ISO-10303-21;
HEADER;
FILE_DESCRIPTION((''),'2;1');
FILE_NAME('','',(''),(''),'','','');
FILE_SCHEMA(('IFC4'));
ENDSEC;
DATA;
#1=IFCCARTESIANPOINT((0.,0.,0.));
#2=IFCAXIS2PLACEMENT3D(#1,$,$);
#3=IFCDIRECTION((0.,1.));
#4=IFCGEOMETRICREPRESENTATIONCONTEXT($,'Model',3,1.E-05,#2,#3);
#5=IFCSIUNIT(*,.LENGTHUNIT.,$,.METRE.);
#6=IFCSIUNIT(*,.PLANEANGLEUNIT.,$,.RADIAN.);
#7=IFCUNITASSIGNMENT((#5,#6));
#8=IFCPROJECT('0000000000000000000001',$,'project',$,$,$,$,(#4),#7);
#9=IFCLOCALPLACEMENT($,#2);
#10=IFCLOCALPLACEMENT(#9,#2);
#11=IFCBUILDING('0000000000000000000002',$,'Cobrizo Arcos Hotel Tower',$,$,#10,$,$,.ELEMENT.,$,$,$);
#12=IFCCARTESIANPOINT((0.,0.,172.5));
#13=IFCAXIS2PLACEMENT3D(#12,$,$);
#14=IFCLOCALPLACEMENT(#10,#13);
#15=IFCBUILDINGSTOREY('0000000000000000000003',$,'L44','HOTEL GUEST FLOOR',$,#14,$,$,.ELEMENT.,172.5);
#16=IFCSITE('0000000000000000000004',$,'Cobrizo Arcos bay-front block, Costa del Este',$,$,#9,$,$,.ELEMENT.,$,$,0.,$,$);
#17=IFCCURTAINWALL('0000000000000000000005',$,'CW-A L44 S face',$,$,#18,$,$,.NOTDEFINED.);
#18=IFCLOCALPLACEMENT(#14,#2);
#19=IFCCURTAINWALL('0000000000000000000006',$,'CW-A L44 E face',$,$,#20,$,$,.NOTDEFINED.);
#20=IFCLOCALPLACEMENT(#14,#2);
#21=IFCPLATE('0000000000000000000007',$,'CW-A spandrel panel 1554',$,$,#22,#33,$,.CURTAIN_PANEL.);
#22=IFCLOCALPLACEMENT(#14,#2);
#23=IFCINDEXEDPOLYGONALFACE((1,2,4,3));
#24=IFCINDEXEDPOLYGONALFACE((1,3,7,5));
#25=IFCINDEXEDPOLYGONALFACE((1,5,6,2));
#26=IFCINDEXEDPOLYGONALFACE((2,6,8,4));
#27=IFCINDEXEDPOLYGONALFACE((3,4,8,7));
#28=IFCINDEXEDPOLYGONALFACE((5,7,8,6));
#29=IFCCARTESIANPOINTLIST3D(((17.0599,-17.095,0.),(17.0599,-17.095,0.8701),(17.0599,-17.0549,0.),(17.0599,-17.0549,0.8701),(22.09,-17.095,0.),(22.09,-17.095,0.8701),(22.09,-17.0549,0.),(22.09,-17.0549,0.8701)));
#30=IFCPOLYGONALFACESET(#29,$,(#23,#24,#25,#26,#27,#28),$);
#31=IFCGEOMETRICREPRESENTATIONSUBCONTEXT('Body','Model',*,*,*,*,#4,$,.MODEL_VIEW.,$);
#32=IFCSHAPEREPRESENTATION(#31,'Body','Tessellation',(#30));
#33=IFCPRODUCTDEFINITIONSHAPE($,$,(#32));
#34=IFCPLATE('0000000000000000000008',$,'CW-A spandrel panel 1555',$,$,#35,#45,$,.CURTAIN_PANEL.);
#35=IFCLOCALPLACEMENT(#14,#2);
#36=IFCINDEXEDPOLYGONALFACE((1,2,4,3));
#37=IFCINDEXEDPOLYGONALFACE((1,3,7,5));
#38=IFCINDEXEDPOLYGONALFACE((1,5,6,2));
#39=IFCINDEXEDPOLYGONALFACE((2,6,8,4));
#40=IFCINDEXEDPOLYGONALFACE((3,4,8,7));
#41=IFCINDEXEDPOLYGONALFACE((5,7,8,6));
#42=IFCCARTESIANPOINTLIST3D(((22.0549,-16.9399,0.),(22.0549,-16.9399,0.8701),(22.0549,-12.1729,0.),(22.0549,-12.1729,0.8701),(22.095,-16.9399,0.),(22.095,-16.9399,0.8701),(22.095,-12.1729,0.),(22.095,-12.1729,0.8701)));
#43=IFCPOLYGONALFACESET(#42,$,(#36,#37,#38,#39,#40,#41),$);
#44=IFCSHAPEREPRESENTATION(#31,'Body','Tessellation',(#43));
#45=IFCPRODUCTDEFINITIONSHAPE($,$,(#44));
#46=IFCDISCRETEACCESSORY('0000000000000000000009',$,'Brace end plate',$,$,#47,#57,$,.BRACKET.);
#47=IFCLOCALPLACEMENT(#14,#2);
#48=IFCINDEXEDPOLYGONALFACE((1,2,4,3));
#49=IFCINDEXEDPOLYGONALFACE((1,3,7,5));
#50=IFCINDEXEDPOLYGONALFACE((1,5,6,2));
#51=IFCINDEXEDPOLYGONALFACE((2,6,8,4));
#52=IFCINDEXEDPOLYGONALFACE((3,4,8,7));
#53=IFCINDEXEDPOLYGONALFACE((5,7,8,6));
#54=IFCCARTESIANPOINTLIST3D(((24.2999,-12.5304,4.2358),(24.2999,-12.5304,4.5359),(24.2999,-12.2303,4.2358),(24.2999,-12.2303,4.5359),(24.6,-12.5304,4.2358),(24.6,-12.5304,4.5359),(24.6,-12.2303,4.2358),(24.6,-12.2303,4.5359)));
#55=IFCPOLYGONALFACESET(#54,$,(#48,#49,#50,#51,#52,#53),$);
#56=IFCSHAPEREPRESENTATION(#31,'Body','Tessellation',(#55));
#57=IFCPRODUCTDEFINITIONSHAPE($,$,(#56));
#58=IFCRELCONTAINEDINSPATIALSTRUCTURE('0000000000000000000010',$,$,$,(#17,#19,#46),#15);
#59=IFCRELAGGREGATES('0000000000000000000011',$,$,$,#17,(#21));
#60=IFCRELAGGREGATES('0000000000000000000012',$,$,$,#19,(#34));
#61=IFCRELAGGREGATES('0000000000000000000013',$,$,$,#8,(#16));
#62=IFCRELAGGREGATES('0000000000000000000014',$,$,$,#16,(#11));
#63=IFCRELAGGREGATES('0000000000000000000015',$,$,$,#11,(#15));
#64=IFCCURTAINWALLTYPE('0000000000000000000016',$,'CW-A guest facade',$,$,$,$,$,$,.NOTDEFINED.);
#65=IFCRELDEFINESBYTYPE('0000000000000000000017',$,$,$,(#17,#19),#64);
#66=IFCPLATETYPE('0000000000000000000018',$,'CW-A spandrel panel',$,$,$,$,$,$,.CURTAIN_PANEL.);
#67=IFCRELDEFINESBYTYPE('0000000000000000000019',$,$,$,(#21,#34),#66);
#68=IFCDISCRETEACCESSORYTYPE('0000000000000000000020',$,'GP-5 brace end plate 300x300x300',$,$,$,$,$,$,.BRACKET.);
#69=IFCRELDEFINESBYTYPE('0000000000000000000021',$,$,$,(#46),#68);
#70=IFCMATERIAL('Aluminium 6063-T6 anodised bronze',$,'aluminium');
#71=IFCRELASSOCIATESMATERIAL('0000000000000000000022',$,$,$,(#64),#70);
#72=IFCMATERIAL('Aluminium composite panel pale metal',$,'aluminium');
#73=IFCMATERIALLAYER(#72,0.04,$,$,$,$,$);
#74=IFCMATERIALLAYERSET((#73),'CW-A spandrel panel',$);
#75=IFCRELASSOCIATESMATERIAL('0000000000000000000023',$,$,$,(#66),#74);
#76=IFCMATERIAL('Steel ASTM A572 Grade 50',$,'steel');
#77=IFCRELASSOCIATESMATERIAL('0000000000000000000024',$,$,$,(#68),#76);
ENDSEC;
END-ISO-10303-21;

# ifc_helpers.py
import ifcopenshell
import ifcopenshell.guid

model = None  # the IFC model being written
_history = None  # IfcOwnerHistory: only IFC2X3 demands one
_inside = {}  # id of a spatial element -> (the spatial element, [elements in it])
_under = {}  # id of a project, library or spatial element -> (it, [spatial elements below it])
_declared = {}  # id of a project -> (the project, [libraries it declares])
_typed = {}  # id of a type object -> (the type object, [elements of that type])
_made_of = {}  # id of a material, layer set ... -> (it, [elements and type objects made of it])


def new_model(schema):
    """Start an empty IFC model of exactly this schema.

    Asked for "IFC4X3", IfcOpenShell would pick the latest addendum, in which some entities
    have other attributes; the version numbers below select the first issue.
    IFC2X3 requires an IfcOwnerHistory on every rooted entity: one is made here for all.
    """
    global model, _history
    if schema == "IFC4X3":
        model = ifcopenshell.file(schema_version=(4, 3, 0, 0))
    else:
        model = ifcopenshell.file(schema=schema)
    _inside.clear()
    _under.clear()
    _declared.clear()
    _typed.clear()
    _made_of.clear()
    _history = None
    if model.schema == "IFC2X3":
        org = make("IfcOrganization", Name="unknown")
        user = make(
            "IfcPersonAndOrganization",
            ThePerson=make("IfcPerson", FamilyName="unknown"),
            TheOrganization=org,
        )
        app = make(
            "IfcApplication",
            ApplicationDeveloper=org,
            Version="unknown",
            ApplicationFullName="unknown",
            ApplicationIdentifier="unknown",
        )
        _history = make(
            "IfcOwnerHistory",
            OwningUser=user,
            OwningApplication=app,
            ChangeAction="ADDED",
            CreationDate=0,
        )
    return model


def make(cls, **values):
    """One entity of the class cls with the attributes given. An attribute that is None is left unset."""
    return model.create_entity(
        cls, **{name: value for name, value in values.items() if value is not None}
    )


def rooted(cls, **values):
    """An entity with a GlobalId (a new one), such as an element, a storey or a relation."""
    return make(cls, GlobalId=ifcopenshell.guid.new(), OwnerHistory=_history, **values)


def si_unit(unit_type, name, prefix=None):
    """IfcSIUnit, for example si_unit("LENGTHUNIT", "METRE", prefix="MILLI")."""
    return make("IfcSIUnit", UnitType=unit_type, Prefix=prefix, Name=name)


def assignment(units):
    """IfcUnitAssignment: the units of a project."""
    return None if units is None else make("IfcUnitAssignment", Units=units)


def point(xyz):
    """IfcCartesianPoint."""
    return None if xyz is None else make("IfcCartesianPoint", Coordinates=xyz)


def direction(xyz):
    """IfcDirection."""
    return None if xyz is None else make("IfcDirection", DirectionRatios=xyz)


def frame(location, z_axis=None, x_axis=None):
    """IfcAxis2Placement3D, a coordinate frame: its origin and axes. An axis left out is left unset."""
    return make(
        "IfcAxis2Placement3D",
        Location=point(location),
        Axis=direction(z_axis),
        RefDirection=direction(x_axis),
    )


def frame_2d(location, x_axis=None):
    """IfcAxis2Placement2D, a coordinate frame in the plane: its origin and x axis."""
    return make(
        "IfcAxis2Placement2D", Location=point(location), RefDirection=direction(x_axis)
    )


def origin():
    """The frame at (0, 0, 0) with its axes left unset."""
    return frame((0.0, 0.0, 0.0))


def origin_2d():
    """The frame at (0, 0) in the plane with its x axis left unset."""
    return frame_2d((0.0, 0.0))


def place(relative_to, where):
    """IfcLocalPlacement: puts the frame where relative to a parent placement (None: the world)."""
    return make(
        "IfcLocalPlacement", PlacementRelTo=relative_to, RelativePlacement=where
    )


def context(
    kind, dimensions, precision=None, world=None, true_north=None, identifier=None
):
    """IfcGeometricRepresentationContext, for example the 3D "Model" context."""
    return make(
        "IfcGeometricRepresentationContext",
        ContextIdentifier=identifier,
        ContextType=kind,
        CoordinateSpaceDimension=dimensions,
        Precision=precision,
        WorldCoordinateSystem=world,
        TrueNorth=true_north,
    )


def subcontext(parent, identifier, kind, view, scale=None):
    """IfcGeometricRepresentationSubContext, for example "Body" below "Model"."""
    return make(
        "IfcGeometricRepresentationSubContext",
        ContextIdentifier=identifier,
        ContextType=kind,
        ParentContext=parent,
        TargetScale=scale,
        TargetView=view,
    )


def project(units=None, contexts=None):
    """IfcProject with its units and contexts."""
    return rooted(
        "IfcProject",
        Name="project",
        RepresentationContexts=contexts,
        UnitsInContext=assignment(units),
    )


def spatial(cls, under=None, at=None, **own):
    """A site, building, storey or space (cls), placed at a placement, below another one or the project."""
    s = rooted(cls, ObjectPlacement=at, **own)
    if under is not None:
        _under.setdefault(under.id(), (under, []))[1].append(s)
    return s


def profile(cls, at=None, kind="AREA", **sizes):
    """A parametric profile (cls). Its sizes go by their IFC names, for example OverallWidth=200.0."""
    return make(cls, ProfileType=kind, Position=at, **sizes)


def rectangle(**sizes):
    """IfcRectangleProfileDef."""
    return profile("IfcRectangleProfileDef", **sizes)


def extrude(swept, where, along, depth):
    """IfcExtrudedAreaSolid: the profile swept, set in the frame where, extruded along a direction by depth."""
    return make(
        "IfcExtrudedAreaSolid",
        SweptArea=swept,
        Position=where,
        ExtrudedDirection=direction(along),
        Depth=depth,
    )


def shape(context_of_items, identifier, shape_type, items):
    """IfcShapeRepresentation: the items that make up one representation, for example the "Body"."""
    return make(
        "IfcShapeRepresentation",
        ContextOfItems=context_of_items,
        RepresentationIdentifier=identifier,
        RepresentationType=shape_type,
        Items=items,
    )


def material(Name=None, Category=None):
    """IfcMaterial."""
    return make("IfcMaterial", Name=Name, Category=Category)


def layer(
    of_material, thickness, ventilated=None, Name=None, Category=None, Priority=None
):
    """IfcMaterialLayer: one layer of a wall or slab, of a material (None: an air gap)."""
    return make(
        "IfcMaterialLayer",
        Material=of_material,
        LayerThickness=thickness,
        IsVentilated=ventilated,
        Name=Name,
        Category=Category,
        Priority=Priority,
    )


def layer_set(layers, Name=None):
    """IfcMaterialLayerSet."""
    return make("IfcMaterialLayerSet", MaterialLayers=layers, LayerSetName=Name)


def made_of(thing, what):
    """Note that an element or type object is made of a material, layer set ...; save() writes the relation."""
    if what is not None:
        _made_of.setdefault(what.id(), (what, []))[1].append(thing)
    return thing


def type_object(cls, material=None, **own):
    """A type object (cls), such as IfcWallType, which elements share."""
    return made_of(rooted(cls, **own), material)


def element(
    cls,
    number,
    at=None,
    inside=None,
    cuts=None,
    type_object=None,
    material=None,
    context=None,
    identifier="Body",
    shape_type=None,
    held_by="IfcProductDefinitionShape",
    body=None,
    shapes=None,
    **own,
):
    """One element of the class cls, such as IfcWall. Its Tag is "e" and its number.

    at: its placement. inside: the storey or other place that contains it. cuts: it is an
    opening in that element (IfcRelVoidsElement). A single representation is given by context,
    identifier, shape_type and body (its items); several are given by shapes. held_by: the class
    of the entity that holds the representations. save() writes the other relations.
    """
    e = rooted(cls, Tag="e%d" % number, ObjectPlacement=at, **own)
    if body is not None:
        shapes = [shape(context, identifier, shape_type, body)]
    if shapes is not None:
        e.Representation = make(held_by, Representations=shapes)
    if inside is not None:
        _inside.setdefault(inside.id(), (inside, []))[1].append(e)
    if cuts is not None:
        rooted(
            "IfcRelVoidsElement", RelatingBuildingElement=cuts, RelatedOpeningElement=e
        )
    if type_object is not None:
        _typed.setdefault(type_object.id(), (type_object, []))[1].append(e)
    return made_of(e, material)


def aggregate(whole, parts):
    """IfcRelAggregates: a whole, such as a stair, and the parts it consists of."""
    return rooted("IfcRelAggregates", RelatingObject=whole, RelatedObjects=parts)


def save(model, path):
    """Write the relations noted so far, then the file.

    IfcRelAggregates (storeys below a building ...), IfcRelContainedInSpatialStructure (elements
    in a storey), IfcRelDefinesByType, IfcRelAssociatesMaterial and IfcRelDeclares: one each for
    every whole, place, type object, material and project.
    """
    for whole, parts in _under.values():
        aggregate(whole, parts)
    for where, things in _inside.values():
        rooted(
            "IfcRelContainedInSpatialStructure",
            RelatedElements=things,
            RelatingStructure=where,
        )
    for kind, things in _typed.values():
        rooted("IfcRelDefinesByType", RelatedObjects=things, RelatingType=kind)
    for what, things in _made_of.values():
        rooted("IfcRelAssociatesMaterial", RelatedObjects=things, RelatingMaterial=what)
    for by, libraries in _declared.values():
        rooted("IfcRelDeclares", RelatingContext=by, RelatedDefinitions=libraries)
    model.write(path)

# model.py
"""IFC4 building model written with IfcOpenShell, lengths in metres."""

from ifc_helpers import new_model, si_unit, direction, frame, origin, origin_2d, place, context, subcontext, project, spatial, rectangle, extrude, material, layer, layer_set, type_object, element, aggregate, save


model = new_model("IFC4")

# Units and contexts
model_context = context("Model", 3, precision=1e-05, world=origin(), true_north=direction((0.0, 1.0)))
body_context = subcontext(model_context, "Body", "Model", "MODEL_VIEW")
ifc_project = project(units=[si_unit("LENGTHUNIT", "METRE"), si_unit("PLANEANGLEUNIT", "RADIAN")], contexts=[model_context])

# Site, building, storey
site_placement = place(None, origin())
site = spatial("IfcSite", under=ifc_project, at=site_placement, Name="Cobrizo Arcos bay-front block, Costa del Este", CompositionType="ELEMENT", RefElevation=0.0)
building_placement = place(site_placement, origin())
building = spatial("IfcBuilding", under=site, at=building_placement, Name="Cobrizo Arcos Hotel Tower", CompositionType="ELEMENT")
storey_placement = place(building_placement, frame((0.0, 0.0, 172.5)))
storey = spatial("IfcBuildingStorey", under=building, at=storey_placement, Name="L44", Description="HOTEL GUEST FLOOR", CompositionType="ELEMENT", Elevation=172.5)

# Shared definitions
ifc_material_1 = material(Name="Steel ASTM A572 Grade 50", Category="steel")

# Shared definitions
ifc_material_2 = material(Name="Aluminium 6063-T6 anodised bronze", Category="aluminium")
curtain_wall_type = type_object("IfcCurtainWallType", Name="CW-A guest facade", PredefinedType="NOTDEFINED", material=ifc_material_2)

# Curtain wall
curtain_wall_1_placement = place(storey_placement, origin())
curtain_wall_1 = element("IfcCurtainWall", 1, at=curtain_wall_1_placement, inside=storey, type_object=curtain_wall_type, Name="CW-A L44 S face", PredefinedType="NOTDEFINED")

# Curtain wall
curtain_wall_2_placement = place(storey_placement, origin())
curtain_wall_2 = element("IfcCurtainWall", 2, at=curtain_wall_2_placement, inside=storey, type_object=curtain_wall_type, Name="CW-A L44 E face", PredefinedType="NOTDEFINED")

# Plates
ifc_material_3 = material(Name="Aluminium composite panel pale metal", Category="aluminium")
ifc_layer_1 = layer(ifc_material_3, 0.04)
ifc_layer_set_1 = layer_set([ifc_layer_1], Name="CW-A spandrel panel")
plate_type_1 = type_object("IfcPlateType", Name="CW-A spandrel panel", PredefinedType="CURTAIN_PANEL", material=ifc_layer_set_1)
plate_1_placement = place(storey_placement, frame((19.575, -17.075, 0.0), z_axis=(0.0, 0.0, 1.0), x_axis=(1.0, 0.0, 0.0)))
plate_1 = element("IfcPlate", 3, at=plate_1_placement, type_object=plate_type_1, Name="CW-A spandrel panel 1554", PredefinedType="CURTAIN_PANEL", context=body_context, shape_type="SweptSolid", body=[
    extrude(rectangle(XDim=5.03, YDim=0.04, at=origin_2d()), origin(), (0.0, 0.0, 1.0), 0.8701),
])
aggregate(curtain_wall_1, [plate_1])
plate_2_placement = place(storey_placement, frame((22.075, -14.5564, 0.0), z_axis=(0.0, 0.0, 1.0), x_axis=(0.0, 1.0, 0.0)))
plate_2 = element("IfcPlate", 4, at=plate_2_placement, type_object=plate_type_1, Name="CW-A spandrel panel 1555", PredefinedType="CURTAIN_PANEL", context=body_context, shape_type="SweptSolid", body=[
    extrude(rectangle(XDim=4.7671, YDim=0.04, at=origin_2d()), origin(), (0.0, 0.0, 1.0), 0.8701),
])
aggregate(curtain_wall_2, [plate_2])

# Discrete accessory
discrete_accessory_type = type_object("IfcDiscreteAccessoryType", Name="GP-5 brace end plate 300x300x300", PredefinedType="BRACKET", material=ifc_material_1)
discrete_accessory_placement = place(storey_placement, frame((24.45, -12.3804, 4.2358), z_axis=(0.0, 0.0, 1.0), x_axis=(1.0, 0.0, 0.0)))
element("IfcDiscreteAccessory", 5, at=discrete_accessory_placement, inside=storey, type_object=discrete_accessory_type, Name="Brace end plate", PredefinedType="BRACKET", context=body_context, shape_type="SweptSolid", body=[
    extrude(rectangle(XDim=0.3, YDim=0.3, at=origin_2d()), origin(), (0.0, 0.0, 1.0), 0.3),
])

save(model, "model.ifc")
